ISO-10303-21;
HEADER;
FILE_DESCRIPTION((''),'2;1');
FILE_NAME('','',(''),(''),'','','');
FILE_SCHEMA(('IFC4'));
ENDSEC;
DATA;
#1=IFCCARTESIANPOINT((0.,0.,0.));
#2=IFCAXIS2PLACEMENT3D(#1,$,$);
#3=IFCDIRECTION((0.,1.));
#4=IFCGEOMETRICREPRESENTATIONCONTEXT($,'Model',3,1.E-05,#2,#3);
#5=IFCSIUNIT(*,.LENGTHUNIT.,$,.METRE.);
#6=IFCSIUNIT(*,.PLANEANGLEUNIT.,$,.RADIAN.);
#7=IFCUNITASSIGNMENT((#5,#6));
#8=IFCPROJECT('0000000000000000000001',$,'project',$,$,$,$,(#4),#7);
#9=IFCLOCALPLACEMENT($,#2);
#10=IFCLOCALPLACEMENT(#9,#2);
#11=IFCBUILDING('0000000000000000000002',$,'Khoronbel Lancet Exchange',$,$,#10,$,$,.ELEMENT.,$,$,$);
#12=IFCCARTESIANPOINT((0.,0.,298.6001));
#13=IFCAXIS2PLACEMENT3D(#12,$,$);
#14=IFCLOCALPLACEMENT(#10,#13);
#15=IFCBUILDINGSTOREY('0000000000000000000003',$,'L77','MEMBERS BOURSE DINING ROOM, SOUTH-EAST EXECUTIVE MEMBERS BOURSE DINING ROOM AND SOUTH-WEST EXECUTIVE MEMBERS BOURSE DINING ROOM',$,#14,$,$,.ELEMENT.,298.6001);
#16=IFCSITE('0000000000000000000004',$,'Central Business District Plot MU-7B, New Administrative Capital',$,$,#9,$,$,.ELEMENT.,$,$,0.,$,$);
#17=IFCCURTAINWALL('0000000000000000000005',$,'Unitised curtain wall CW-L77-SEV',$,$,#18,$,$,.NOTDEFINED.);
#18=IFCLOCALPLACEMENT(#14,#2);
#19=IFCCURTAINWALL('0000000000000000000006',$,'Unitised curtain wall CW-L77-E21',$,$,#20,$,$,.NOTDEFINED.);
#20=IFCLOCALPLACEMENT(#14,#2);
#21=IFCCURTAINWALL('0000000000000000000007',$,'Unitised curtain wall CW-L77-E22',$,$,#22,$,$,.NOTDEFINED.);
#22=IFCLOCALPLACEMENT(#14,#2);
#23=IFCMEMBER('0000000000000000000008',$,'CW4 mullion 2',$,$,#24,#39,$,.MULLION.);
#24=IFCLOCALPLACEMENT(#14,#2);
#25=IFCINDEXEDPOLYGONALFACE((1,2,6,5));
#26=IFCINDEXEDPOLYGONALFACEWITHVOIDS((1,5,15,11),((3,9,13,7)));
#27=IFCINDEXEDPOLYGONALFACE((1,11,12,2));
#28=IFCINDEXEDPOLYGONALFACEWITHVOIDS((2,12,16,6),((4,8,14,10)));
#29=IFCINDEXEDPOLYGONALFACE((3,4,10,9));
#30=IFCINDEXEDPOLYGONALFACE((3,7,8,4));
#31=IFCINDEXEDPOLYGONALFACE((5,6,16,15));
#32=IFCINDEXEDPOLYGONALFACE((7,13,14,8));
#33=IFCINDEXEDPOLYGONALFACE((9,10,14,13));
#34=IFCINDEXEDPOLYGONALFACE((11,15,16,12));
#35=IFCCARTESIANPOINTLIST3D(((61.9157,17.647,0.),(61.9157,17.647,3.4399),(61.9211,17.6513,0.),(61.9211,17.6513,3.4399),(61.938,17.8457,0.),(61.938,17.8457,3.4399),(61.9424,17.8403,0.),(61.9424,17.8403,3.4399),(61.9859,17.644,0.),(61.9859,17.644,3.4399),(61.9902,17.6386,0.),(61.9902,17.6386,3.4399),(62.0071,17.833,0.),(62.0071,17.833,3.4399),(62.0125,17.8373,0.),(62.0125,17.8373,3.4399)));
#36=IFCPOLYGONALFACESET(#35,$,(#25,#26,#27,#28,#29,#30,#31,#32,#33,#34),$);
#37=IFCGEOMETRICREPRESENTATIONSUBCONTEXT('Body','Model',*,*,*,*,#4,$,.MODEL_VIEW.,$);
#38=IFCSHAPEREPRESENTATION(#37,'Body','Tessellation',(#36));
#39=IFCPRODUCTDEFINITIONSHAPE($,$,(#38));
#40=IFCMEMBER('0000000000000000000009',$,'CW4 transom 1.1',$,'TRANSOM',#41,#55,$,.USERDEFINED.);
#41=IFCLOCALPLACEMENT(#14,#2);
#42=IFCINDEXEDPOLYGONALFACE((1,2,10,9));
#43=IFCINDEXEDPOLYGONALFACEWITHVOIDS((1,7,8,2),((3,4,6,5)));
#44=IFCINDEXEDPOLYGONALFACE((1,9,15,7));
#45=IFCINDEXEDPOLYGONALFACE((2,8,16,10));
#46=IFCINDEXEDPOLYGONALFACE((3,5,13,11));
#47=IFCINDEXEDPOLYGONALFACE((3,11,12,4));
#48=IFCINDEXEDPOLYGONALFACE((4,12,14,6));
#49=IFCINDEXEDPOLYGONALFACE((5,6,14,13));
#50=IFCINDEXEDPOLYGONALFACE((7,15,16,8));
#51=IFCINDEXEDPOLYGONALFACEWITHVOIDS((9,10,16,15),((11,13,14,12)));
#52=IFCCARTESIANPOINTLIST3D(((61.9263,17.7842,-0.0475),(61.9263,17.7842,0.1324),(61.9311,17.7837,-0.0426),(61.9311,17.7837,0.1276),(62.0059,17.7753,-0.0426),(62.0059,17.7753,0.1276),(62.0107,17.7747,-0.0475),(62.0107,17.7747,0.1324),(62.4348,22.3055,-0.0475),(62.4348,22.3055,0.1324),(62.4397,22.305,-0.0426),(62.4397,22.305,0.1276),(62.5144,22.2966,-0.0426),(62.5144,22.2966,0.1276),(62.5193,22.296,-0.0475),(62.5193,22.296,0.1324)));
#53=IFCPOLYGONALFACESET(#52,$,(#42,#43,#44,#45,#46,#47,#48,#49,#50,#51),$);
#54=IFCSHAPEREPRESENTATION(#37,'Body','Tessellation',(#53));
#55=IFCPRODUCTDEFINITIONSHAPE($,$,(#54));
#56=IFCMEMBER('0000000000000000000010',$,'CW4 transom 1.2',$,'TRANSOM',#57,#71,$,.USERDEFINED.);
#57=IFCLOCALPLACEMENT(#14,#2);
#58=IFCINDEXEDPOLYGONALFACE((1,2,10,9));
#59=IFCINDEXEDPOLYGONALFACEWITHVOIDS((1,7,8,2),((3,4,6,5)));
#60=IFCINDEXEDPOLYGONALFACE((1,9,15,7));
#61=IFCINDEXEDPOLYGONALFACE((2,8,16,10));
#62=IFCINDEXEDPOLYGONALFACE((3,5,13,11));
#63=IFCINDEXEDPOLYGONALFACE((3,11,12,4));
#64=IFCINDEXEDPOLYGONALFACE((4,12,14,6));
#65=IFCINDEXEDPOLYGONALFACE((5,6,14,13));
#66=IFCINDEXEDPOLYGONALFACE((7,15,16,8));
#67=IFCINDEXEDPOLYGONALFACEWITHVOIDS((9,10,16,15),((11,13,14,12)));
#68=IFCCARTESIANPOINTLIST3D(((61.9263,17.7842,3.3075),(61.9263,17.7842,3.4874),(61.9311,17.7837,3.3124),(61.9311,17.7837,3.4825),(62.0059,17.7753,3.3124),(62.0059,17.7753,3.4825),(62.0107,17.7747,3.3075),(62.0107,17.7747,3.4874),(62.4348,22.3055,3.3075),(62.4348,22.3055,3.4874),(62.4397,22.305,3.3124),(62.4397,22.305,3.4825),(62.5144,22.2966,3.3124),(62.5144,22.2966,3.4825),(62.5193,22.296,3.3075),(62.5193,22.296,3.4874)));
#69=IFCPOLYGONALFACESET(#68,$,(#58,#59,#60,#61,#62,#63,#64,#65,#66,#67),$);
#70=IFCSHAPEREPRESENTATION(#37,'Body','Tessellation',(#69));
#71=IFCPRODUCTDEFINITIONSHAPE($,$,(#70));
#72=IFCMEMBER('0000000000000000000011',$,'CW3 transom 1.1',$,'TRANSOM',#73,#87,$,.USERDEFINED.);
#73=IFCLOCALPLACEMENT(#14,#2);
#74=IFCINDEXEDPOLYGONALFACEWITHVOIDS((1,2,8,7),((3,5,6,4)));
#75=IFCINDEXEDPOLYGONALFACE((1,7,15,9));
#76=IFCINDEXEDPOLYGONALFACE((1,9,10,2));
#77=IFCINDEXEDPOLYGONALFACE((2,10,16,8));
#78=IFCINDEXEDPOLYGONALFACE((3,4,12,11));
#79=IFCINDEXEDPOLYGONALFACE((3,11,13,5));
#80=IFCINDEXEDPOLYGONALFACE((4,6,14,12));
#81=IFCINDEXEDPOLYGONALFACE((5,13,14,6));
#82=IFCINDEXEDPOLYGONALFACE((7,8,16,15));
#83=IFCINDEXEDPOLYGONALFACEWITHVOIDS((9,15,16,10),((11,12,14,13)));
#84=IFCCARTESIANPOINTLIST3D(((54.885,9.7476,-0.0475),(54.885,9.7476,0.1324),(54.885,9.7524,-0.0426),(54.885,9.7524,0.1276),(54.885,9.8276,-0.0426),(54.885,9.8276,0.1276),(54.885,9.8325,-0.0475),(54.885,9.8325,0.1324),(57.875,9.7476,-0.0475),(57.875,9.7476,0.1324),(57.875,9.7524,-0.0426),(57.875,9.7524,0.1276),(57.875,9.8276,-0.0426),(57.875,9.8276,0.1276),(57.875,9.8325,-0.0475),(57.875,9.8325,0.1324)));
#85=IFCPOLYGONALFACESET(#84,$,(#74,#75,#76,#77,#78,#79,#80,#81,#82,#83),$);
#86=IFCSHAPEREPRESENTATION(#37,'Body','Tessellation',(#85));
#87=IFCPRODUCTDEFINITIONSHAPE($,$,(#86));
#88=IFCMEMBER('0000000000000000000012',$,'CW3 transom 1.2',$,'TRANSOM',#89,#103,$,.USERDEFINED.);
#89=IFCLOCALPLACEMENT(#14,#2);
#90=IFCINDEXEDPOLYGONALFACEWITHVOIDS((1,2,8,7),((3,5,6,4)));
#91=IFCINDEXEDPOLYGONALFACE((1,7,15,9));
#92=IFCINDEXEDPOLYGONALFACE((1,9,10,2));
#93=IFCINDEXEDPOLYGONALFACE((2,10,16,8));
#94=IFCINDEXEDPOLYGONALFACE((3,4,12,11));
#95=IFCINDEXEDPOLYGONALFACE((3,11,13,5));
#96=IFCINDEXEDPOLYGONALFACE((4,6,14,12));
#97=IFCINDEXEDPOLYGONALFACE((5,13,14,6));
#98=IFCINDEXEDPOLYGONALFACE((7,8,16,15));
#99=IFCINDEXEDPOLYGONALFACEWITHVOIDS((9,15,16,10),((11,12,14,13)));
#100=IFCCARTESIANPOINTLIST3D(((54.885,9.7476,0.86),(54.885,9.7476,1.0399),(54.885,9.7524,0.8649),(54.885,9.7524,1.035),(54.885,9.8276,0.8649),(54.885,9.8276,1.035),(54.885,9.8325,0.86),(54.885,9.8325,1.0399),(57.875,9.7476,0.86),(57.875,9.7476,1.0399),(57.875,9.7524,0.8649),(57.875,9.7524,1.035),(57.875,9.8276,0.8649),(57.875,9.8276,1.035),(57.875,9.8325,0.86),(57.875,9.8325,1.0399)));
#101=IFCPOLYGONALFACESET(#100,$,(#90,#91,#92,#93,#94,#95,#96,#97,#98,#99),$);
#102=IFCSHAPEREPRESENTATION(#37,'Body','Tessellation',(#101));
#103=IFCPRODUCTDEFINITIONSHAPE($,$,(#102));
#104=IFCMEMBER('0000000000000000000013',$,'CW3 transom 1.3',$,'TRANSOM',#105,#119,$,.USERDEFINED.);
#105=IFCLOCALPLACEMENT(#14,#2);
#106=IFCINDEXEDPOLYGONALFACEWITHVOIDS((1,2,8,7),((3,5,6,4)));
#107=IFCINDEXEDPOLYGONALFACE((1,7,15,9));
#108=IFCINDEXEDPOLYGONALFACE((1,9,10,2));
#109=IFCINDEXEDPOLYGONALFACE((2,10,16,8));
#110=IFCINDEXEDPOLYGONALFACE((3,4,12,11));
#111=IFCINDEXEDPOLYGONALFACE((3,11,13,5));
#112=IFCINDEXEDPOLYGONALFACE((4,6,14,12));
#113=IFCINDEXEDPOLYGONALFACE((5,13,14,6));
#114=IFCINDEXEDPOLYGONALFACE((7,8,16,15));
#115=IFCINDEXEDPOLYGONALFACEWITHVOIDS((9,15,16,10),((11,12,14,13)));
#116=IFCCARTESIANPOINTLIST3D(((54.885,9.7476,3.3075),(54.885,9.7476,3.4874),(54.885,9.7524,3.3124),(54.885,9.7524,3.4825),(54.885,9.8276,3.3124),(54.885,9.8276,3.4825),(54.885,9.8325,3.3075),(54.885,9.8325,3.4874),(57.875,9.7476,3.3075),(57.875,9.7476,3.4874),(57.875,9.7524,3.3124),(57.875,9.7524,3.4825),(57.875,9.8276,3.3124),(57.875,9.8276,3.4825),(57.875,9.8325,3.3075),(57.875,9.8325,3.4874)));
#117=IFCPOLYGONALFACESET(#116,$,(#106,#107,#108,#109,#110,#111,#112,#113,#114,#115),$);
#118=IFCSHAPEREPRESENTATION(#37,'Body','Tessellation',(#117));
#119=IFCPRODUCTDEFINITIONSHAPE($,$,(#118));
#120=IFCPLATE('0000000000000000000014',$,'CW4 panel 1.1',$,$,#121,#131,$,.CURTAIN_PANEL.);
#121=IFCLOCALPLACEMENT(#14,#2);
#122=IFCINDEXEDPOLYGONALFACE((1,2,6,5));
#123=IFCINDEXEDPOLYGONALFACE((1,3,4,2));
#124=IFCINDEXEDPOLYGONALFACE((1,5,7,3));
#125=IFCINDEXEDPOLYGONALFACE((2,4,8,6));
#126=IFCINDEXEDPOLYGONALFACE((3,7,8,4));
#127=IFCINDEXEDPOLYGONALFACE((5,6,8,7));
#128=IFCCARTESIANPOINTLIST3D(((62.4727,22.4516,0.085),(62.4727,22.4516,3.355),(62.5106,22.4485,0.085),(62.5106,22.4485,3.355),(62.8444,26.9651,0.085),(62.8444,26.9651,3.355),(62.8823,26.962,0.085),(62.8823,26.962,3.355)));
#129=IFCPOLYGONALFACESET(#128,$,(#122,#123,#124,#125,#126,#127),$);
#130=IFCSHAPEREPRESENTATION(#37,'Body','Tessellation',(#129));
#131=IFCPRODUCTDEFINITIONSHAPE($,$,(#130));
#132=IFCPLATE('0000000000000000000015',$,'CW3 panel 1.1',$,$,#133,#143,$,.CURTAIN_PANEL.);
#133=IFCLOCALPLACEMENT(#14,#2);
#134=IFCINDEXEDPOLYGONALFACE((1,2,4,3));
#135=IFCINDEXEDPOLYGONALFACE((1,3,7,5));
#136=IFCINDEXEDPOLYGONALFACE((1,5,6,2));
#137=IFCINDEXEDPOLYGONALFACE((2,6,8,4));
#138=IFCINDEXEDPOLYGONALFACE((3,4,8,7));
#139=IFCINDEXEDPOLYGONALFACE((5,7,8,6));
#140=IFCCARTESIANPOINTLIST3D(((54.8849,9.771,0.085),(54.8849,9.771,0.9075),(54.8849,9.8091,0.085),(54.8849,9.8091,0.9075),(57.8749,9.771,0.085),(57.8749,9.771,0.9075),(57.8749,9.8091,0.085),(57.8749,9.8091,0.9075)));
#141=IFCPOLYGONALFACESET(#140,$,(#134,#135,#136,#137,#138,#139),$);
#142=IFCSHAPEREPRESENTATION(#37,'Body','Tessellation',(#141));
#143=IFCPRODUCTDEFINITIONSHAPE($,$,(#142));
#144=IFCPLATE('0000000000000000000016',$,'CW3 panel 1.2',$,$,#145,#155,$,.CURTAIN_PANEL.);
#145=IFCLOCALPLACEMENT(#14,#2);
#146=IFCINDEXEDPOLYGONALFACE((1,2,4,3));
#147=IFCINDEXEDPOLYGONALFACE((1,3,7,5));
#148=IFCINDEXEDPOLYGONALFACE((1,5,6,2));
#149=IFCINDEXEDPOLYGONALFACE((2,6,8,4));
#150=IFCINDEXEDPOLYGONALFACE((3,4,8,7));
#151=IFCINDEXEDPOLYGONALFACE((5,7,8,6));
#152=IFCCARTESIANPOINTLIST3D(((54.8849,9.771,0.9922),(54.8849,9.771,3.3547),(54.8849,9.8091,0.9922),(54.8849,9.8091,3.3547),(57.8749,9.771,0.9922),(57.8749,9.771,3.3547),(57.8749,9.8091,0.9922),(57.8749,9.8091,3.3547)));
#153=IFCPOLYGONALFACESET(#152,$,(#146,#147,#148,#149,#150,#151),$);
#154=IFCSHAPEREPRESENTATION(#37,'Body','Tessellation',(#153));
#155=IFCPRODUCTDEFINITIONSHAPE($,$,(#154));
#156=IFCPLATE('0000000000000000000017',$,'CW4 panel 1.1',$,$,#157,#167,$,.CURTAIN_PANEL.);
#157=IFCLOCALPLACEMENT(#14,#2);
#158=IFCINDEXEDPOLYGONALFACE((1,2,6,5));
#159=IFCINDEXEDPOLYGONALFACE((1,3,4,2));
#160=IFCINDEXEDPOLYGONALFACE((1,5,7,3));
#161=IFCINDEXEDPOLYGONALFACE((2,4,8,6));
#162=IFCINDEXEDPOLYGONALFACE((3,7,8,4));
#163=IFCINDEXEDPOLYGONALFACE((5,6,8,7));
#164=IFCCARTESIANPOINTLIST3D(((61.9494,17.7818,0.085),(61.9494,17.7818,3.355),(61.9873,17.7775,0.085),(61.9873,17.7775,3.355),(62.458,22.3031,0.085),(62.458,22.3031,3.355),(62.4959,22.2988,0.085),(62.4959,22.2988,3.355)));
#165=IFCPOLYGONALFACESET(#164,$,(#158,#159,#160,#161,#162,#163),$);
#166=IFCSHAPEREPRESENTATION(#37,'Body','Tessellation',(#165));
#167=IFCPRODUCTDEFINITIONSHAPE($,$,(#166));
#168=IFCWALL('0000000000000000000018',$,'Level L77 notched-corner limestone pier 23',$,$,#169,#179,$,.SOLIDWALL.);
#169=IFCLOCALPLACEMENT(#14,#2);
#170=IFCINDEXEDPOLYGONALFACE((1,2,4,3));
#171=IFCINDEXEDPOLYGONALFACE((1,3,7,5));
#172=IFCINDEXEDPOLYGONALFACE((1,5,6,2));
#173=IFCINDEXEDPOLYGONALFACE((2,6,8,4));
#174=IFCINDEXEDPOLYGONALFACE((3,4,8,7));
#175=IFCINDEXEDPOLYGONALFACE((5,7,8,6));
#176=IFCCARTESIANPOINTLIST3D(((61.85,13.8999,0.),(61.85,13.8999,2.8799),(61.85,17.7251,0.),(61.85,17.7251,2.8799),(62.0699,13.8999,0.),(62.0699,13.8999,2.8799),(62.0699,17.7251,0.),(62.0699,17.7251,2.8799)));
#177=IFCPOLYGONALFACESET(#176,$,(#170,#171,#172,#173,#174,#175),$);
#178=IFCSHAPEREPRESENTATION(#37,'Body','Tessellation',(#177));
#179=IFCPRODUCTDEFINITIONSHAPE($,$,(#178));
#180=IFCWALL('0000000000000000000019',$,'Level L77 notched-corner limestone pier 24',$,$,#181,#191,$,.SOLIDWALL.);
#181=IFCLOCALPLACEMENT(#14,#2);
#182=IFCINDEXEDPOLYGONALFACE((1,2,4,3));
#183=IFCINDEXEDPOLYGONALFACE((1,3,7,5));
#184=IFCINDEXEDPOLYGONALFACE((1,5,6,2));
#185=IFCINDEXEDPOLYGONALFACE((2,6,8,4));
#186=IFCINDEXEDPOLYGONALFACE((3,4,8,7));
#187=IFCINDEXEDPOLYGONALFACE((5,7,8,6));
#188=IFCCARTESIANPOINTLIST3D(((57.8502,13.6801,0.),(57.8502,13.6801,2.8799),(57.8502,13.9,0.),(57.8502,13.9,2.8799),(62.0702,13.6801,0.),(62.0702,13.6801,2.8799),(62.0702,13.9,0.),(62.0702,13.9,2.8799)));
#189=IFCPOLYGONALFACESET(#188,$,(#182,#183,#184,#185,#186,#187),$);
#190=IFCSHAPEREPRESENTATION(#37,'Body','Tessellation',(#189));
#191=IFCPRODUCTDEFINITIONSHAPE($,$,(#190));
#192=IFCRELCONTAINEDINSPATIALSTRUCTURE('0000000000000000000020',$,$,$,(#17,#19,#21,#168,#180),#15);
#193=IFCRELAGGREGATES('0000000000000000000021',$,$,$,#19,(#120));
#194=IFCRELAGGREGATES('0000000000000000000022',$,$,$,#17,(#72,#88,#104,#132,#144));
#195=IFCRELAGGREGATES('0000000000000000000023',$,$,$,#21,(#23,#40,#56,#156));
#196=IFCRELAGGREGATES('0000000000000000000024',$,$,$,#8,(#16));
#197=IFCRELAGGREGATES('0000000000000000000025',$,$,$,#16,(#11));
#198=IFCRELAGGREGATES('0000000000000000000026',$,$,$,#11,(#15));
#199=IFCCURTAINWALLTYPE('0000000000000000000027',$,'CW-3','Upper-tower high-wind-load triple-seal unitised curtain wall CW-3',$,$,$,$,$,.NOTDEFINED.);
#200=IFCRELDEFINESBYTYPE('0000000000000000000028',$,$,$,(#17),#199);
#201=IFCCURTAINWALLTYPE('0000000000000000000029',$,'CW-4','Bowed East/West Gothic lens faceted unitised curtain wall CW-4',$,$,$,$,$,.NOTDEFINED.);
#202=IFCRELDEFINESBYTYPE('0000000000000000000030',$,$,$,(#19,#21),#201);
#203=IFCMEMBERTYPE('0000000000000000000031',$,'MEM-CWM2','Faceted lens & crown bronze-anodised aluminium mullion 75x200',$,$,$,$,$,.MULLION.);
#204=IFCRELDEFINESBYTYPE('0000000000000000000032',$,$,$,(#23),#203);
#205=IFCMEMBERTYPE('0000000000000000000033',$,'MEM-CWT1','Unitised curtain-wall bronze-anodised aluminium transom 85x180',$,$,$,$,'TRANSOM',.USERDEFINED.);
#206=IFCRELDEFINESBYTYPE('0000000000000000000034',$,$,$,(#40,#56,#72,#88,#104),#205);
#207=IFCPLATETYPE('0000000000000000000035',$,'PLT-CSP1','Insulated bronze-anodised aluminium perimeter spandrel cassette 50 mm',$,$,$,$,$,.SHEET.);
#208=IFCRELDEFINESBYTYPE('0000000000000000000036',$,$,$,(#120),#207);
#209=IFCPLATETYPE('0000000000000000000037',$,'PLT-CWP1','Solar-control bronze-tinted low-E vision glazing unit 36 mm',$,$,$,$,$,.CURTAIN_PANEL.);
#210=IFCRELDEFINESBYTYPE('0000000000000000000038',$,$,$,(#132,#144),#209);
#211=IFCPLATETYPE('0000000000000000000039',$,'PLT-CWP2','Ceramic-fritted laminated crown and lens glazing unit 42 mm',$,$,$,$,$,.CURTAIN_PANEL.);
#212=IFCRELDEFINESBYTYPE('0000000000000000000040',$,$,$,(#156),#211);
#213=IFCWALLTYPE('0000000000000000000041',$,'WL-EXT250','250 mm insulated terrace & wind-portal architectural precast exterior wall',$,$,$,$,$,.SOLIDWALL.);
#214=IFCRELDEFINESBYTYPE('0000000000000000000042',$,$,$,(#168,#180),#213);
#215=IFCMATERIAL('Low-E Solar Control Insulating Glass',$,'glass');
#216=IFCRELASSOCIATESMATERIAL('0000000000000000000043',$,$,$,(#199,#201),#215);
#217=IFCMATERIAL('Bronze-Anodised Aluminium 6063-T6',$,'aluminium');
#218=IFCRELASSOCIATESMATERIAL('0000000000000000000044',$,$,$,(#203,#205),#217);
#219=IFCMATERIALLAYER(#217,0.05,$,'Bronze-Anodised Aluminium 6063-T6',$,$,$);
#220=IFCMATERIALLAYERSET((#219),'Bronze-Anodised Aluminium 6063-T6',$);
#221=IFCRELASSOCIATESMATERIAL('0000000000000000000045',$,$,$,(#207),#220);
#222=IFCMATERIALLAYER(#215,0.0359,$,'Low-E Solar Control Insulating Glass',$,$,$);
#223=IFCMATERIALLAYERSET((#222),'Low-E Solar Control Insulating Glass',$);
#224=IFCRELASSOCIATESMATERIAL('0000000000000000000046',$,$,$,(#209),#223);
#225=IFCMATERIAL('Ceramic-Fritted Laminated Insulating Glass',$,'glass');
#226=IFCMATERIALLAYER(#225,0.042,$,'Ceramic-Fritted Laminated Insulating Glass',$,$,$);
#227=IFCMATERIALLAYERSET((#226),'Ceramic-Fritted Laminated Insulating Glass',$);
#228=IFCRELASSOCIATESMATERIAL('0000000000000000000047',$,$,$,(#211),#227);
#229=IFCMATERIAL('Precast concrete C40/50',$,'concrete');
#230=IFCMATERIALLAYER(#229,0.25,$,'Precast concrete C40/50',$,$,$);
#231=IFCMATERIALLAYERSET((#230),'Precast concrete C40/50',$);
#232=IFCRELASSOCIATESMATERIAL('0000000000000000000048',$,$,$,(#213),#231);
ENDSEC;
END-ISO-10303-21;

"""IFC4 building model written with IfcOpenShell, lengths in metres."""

from ifc_helpers import new_model, si_unit, direction, frame, frame_2d, origin, origin_2d, place, context, subcontext, project, spatial, rectangle, hollow_rectangle, extrude, material, layer, layer_set, material_profile, profile_set, type_object, element, aggregate, save


model = new_model("IFC4")

# Units and contexts
model_context = context("Model", 3, precision=1e-05, world=origin(), true_north=direction((0.0, 1.0)))
body_context = subcontext(model_context, "Body", "Model", "MODEL_VIEW")
ifc_project = project(units=[si_unit("LENGTHUNIT", "METRE"), si_unit("PLANEANGLEUNIT", "RADIAN")], contexts=[model_context])

# Site, building, storey
site_placement = place(None, origin())
site = spatial("IfcSite", under=ifc_project, at=site_placement, Name="Central Business District Plot MU-7B, New Administrative Capital", CompositionType="ELEMENT", RefElevation=0.0)
building_placement = place(site_placement, origin())
building = spatial("IfcBuilding", under=site, at=building_placement, Name="Khoronbel Lancet Exchange", CompositionType="ELEMENT")
storey_placement = place(building_placement, frame((0.0, 0.0, 298.6001)))
storey = spatial("IfcBuildingStorey", under=building, at=storey_placement, Name="L77", Description="MEMBERS BOURSE DINING ROOM, SOUTH-EAST EXECUTIVE MEMBERS BOURSE DINING ROOM AND SOUTH-WEST EXECUTIVE MEMBERS BOURSE DINING ROOM", CompositionType="ELEMENT", Elevation=298.6001)

# Shared definitions
ifc_material_1 = material(Name="Low-E Solar Control Insulating Glass", Category="glass")
curtain_wall_type_1 = type_object("IfcCurtainWallType", Name="CW-3", Description="Upper-tower high-wind-load triple-seal unitised curtain wall CW-3", PredefinedType="NOTDEFINED", material=ifc_material_1)
ifc_material_2 = material(Name="Bronze-Anodised Aluminium 6063-T6", Category="aluminium")

# Curtain wall
curtain_wall_1_placement = place(storey_placement, origin())
curtain_wall_1 = element("IfcCurtainWall", 1, at=curtain_wall_1_placement, inside=storey, type_object=curtain_wall_type_1, Name="Unitised curtain wall CW-L77-SEV", PredefinedType="NOTDEFINED")

# Curtain wall
curtain_wall_type_2 = type_object("IfcCurtainWallType", Name="CW-4", Description="Bowed East/West Gothic lens faceted unitised curtain wall CW-4", PredefinedType="NOTDEFINED", material=ifc_material_1)
curtain_wall_2_placement = place(storey_placement, origin())
curtain_wall_2 = element("IfcCurtainWall", 2, at=curtain_wall_2_placement, inside=storey, type_object=curtain_wall_type_2, Name="Unitised curtain wall CW-L77-E21", PredefinedType="NOTDEFINED")
ifc_material_profile_1 = material_profile(ifc_material_2, hollow_rectangle(XDim=0.075, YDim=0.2, WallThickness=0.0049, at=origin_2d()), Name="ALU MULLION 75x200")
ifc_profile_set_1 = profile_set([ifc_material_profile_1], Name="Bronze-Anodised Aluminium 6063-T6")
member_type_1 = type_object("IfcMemberType", Name="MEM-CWM2", Description="Faceted lens & crown bronze-anodised aluminium mullion 75x200", PredefinedType="MULLION", material=ifc_profile_set_1)

# Curtain wall, members
curtain_wall_3_placement = place(storey_placement, origin())
curtain_wall_3 = element("IfcCurtainWall", 3, at=curtain_wall_3_placement, inside=storey, type_object=curtain_wall_type_2, Name="Unitised curtain wall CW-L77-E22", PredefinedType="NOTDEFINED")
member_1_placement = place(storey_placement, frame((61.9641, 17.7422, 0.0), z_axis=(0.0, 0.0, 1.0), x_axis=(0.993732, -0.111791, 0.0)))
member_1 = element("IfcMember", 4, at=member_1_placement, type_object=member_type_1, Name="CW4 mullion 2", PredefinedType="MULLION", context=body_context, shape_type="SweptSolid", body=[
    extrude(hollow_rectangle(XDim=0.075, YDim=0.2, WallThickness=0.0049, at=origin_2d()), origin(), (0.0, 0.0, 1.0), 3.4399),
])
ifc_material_profile_2 = material_profile(ifc_material_2, hollow_rectangle(XDim=0.085, YDim=0.1799, WallThickness=0.0049, at=origin_2d()), Name="ALU TRANSOM 85x180")
ifc_profile_set_2 = profile_set([ifc_material_profile_2], Name="Bronze-Anodised Aluminium 6063-T6")
member_type_2 = type_object("IfcMemberType", Name="MEM-CWT1", Description="Unitised curtain-wall bronze-anodised aluminium transom 85x180", ElementType="TRANSOM", PredefinedType="USERDEFINED", material=ifc_profile_set_2)
member_2_placement = place(storey_placement, frame((62.4771, 22.3008, 0.0425), z_axis=(-0.111774, -0.993734, 0.0), x_axis=(0.993734, -0.111774, 0.0)))
member_2 = element("IfcMember", 5, at=member_2_placement, type_object=member_type_2, Name="CW4 transom 1.1", ObjectType="TRANSOM", PredefinedType="USERDEFINED", context=body_context, shape_type="SweptSolid", body=[
    extrude(hollow_rectangle(XDim=0.085, YDim=0.1799, WallThickness=0.0049, at=origin_2d()), origin(), (0.0, 0.0, 1.0), 4.5498),
])
member_3_placement = place(storey_placement, frame((62.4771, 22.3008, 3.3975), z_axis=(-0.111774, -0.993734, 0.0), x_axis=(0.993734, -0.111774, 0.0)))
member_3 = element("IfcMember", 6, at=member_3_placement, type_object=member_type_2, Name="CW4 transom 1.2", ObjectType="TRANSOM", PredefinedType="USERDEFINED", context=body_context, shape_type="SweptSolid", body=[
    extrude(hollow_rectangle(XDim=0.085, YDim=0.1799, WallThickness=0.0049, at=origin_2d()), origin(), (0.0, 0.0, 1.0), 4.5498),
])

# Members
member_4_placement = place(storey_placement, frame((54.885, 9.79, 0.0425), z_axis=(1.0, 0.0, 0.0), x_axis=(0.0, 1.0, 0.0)))
member_4 = element("IfcMember", 7, at=member_4_placement, type_object=member_type_2, Name="CW3 transom 1.1", ObjectType="TRANSOM", PredefinedType="USERDEFINED", context=body_context, shape_type="SweptSolid", body=[
    extrude(hollow_rectangle(XDim=0.085, YDim=0.1799, WallThickness=0.0049, at=origin_2d()), origin(), (0.0, 0.0, 1.0), 2.99),
])
member_5_placement = place(storey_placement, frame((54.885, 9.79, 0.95), z_axis=(1.0, 0.0, 0.0), x_axis=(0.0, 1.0, 0.0)))
member_5 = element("IfcMember", 8, at=member_5_placement, type_object=member_type_2, Name="CW3 transom 1.2", ObjectType="TRANSOM", PredefinedType="USERDEFINED", context=body_context, shape_type="SweptSolid", body=[
    extrude(hollow_rectangle(XDim=0.085, YDim=0.1799, WallThickness=0.0049, at=origin_2d()), origin(), (0.0, 0.0, 1.0), 2.99),
])
member_6_placement = place(storey_placement, frame((54.885, 9.79, 3.3975), z_axis=(1.0, 0.0, 0.0), x_axis=(0.0, 1.0, 0.0)))
member_6 = element("IfcMember", 9, at=member_6_placement, type_object=member_type_2, Name="CW3 transom 1.3", ObjectType="TRANSOM", PredefinedType="USERDEFINED", context=body_context, shape_type="SweptSolid", body=[
    extrude(hollow_rectangle(XDim=0.085, YDim=0.1799, WallThickness=0.0049, at=origin_2d()), origin(), (0.0, 0.0, 1.0), 2.99),
])

# Plates
ifc_layer_1 = layer(ifc_material_2, 0.05, Name="Bronze-Anodised Aluminium 6063-T6")
ifc_layer_set_1 = layer_set([ifc_layer_1], Name="Bronze-Anodised Aluminium 6063-T6")
plate_type_1 = type_object("IfcPlateType", Name="PLT-CSP1", Description="Insulated bronze-anodised aluminium perimeter spandrel cassette 50 mm", PredefinedType="SHEET", material=ifc_layer_set_1)
plate_1_placement = place(storey_placement, frame((62.6775, 24.7068, 0.085), z_axis=(0.0, 0.0, 1.0), x_axis=(-0.082073, -0.996626, 0.0)))
plate_1 = element("IfcPlate", 10, at=plate_1_placement, type_object=plate_type_1, Name="CW4 panel 1.1", PredefinedType="CURTAIN_PANEL", context=body_context, shape_type="SweptSolid", body=[
    extrude(rectangle(XDim=4.5288, YDim=0.0381, at=origin_2d()), origin(), (0.0, 0.0, 1.0), 3.27),
])
aggregate(curtain_wall_2, [plate_1])
ifc_layer_2 = layer(ifc_material_1, 0.0359, Name="Low-E Solar Control Insulating Glass")
ifc_layer_set_2 = layer_set([ifc_layer_2], Name="Low-E Solar Control Insulating Glass")
plate_type_2 = type_object("IfcPlateType", Name="PLT-CWP1", Description="Solar-control bronze-tinted low-E vision glazing unit 36 mm", PredefinedType="CURTAIN_PANEL", material=ifc_layer_set_2)
plate_2_placement = place(storey_placement, frame((56.3799, 9.79, 0.085), z_axis=(0.0, 0.0, 1.0), x_axis=(1.0, 0.0, 0.0)))
plate_2 = element("IfcPlate", 11, at=plate_2_placement, type_object=plate_type_2, Name="CW3 panel 1.1", PredefinedType="CURTAIN_PANEL", context=body_context, shape_type="SweptSolid", body=[
    extrude(rectangle(XDim=2.99, YDim=0.0381, at=origin_2d()), origin(), (0.0, 0.0, 1.0), 0.8225),
])
plate_3_placement = place(storey_placement, frame((56.3799, 9.79, 0.9922), z_axis=(0.0, 0.0, 1.0), x_axis=(1.0, 0.0, 0.0)))
plate_3 = element("IfcPlate", 12, at=plate_3_placement, type_object=plate_type_2, Name="CW3 panel 1.2", PredefinedType="CURTAIN_PANEL", context=body_context, shape_type="SweptSolid", body=[
    extrude(rectangle(XDim=2.99, YDim=0.0381, at=origin_2d()), origin(), (0.0, 0.0, 1.0), 2.3625),
])
aggregate(curtain_wall_1, [member_4, member_5, member_6, plate_2, plate_3])
ifc_material_3 = material(Name="Ceramic-Fritted Laminated Insulating Glass", Category="glass")
ifc_layer_3 = layer(ifc_material_3, 0.042, Name="Ceramic-Fritted Laminated Insulating Glass")
ifc_layer_set_3 = layer_set([ifc_layer_3], Name="Ceramic-Fritted Laminated Insulating Glass")
plate_type_3 = type_object("IfcPlateType", Name="PLT-CWP2", Description="Ceramic-fritted laminated crown and lens glazing unit 42 mm", PredefinedType="CURTAIN_PANEL", material=ifc_layer_set_3)
plate_4_placement = place(storey_placement, frame((62.2227, 20.0403, 0.085), z_axis=(0.0, 0.0, 1.0), x_axis=(-0.111791, -0.993732, 0.0)))
plate_4 = element("IfcPlate", 13, at=plate_4_placement, type_object=plate_type_3, Name="CW4 panel 1.1", PredefinedType="CURTAIN_PANEL", context=body_context, shape_type="SweptSolid", body=[
    extrude(rectangle(XDim=4.5498, YDim=0.0381, at=origin_2d()), origin(), (0.0, 0.0, 1.0), 3.27),
])
aggregate(curtain_wall_3, [member_1, member_2, member_3, plate_4])

# Walls
ifc_material_4 = material(Name="Precast concrete C40/50", Category="concrete")
ifc_layer_4 = layer(ifc_material_4, 0.25, Name="Precast concrete C40/50")
ifc_layer_set_4 = layer_set([ifc_layer_4], Name="Precast concrete C40/50")
wall_type_1 = type_object("IfcWallType", Name="WL-EXT250", Description="250 mm insulated terrace & wind-portal architectural precast exterior wall", PredefinedType="SOLIDWALL", material=ifc_layer_set_4)
wall_1_placement = place(storey_placement, frame((61.96, 17.7251, 0.0), z_axis=(0.0, 0.0, 1.0), x_axis=(0.0, -1.0, 0.0)))
element("IfcWall", 14, at=wall_1_placement, inside=storey, type_object=wall_type_1, Name="Level L77 notched-corner limestone pier 23", PredefinedType="SOLIDWALL", context=body_context, shape_type="SweptSolid", body=[
    extrude(rectangle(XDim=3.8252, YDim=0.22, at=frame_2d((1.9126, 0.0))), origin(), (0.0, 0.0, 1.0), 2.8799),
])
wall_2_placement = place(storey_placement, frame((62.0701, 13.79, 0.0), z_axis=(0.0, 0.0, 1.0), x_axis=(-1.0, 0.0, 0.0)))
element("IfcWall", 15, at=wall_2_placement, inside=storey, type_object=wall_type_1, Name="Level L77 notched-corner limestone pier 24", PredefinedType="SOLIDWALL", context=body_context, shape_type="SweptSolid", body=[
    extrude(rectangle(XDim=4.22, YDim=0.22, at=frame_2d((2.1099, 0.0))), origin(), (0.0, 0.0, 1.0), 2.8799),
])

save(model, "model.ifc")
